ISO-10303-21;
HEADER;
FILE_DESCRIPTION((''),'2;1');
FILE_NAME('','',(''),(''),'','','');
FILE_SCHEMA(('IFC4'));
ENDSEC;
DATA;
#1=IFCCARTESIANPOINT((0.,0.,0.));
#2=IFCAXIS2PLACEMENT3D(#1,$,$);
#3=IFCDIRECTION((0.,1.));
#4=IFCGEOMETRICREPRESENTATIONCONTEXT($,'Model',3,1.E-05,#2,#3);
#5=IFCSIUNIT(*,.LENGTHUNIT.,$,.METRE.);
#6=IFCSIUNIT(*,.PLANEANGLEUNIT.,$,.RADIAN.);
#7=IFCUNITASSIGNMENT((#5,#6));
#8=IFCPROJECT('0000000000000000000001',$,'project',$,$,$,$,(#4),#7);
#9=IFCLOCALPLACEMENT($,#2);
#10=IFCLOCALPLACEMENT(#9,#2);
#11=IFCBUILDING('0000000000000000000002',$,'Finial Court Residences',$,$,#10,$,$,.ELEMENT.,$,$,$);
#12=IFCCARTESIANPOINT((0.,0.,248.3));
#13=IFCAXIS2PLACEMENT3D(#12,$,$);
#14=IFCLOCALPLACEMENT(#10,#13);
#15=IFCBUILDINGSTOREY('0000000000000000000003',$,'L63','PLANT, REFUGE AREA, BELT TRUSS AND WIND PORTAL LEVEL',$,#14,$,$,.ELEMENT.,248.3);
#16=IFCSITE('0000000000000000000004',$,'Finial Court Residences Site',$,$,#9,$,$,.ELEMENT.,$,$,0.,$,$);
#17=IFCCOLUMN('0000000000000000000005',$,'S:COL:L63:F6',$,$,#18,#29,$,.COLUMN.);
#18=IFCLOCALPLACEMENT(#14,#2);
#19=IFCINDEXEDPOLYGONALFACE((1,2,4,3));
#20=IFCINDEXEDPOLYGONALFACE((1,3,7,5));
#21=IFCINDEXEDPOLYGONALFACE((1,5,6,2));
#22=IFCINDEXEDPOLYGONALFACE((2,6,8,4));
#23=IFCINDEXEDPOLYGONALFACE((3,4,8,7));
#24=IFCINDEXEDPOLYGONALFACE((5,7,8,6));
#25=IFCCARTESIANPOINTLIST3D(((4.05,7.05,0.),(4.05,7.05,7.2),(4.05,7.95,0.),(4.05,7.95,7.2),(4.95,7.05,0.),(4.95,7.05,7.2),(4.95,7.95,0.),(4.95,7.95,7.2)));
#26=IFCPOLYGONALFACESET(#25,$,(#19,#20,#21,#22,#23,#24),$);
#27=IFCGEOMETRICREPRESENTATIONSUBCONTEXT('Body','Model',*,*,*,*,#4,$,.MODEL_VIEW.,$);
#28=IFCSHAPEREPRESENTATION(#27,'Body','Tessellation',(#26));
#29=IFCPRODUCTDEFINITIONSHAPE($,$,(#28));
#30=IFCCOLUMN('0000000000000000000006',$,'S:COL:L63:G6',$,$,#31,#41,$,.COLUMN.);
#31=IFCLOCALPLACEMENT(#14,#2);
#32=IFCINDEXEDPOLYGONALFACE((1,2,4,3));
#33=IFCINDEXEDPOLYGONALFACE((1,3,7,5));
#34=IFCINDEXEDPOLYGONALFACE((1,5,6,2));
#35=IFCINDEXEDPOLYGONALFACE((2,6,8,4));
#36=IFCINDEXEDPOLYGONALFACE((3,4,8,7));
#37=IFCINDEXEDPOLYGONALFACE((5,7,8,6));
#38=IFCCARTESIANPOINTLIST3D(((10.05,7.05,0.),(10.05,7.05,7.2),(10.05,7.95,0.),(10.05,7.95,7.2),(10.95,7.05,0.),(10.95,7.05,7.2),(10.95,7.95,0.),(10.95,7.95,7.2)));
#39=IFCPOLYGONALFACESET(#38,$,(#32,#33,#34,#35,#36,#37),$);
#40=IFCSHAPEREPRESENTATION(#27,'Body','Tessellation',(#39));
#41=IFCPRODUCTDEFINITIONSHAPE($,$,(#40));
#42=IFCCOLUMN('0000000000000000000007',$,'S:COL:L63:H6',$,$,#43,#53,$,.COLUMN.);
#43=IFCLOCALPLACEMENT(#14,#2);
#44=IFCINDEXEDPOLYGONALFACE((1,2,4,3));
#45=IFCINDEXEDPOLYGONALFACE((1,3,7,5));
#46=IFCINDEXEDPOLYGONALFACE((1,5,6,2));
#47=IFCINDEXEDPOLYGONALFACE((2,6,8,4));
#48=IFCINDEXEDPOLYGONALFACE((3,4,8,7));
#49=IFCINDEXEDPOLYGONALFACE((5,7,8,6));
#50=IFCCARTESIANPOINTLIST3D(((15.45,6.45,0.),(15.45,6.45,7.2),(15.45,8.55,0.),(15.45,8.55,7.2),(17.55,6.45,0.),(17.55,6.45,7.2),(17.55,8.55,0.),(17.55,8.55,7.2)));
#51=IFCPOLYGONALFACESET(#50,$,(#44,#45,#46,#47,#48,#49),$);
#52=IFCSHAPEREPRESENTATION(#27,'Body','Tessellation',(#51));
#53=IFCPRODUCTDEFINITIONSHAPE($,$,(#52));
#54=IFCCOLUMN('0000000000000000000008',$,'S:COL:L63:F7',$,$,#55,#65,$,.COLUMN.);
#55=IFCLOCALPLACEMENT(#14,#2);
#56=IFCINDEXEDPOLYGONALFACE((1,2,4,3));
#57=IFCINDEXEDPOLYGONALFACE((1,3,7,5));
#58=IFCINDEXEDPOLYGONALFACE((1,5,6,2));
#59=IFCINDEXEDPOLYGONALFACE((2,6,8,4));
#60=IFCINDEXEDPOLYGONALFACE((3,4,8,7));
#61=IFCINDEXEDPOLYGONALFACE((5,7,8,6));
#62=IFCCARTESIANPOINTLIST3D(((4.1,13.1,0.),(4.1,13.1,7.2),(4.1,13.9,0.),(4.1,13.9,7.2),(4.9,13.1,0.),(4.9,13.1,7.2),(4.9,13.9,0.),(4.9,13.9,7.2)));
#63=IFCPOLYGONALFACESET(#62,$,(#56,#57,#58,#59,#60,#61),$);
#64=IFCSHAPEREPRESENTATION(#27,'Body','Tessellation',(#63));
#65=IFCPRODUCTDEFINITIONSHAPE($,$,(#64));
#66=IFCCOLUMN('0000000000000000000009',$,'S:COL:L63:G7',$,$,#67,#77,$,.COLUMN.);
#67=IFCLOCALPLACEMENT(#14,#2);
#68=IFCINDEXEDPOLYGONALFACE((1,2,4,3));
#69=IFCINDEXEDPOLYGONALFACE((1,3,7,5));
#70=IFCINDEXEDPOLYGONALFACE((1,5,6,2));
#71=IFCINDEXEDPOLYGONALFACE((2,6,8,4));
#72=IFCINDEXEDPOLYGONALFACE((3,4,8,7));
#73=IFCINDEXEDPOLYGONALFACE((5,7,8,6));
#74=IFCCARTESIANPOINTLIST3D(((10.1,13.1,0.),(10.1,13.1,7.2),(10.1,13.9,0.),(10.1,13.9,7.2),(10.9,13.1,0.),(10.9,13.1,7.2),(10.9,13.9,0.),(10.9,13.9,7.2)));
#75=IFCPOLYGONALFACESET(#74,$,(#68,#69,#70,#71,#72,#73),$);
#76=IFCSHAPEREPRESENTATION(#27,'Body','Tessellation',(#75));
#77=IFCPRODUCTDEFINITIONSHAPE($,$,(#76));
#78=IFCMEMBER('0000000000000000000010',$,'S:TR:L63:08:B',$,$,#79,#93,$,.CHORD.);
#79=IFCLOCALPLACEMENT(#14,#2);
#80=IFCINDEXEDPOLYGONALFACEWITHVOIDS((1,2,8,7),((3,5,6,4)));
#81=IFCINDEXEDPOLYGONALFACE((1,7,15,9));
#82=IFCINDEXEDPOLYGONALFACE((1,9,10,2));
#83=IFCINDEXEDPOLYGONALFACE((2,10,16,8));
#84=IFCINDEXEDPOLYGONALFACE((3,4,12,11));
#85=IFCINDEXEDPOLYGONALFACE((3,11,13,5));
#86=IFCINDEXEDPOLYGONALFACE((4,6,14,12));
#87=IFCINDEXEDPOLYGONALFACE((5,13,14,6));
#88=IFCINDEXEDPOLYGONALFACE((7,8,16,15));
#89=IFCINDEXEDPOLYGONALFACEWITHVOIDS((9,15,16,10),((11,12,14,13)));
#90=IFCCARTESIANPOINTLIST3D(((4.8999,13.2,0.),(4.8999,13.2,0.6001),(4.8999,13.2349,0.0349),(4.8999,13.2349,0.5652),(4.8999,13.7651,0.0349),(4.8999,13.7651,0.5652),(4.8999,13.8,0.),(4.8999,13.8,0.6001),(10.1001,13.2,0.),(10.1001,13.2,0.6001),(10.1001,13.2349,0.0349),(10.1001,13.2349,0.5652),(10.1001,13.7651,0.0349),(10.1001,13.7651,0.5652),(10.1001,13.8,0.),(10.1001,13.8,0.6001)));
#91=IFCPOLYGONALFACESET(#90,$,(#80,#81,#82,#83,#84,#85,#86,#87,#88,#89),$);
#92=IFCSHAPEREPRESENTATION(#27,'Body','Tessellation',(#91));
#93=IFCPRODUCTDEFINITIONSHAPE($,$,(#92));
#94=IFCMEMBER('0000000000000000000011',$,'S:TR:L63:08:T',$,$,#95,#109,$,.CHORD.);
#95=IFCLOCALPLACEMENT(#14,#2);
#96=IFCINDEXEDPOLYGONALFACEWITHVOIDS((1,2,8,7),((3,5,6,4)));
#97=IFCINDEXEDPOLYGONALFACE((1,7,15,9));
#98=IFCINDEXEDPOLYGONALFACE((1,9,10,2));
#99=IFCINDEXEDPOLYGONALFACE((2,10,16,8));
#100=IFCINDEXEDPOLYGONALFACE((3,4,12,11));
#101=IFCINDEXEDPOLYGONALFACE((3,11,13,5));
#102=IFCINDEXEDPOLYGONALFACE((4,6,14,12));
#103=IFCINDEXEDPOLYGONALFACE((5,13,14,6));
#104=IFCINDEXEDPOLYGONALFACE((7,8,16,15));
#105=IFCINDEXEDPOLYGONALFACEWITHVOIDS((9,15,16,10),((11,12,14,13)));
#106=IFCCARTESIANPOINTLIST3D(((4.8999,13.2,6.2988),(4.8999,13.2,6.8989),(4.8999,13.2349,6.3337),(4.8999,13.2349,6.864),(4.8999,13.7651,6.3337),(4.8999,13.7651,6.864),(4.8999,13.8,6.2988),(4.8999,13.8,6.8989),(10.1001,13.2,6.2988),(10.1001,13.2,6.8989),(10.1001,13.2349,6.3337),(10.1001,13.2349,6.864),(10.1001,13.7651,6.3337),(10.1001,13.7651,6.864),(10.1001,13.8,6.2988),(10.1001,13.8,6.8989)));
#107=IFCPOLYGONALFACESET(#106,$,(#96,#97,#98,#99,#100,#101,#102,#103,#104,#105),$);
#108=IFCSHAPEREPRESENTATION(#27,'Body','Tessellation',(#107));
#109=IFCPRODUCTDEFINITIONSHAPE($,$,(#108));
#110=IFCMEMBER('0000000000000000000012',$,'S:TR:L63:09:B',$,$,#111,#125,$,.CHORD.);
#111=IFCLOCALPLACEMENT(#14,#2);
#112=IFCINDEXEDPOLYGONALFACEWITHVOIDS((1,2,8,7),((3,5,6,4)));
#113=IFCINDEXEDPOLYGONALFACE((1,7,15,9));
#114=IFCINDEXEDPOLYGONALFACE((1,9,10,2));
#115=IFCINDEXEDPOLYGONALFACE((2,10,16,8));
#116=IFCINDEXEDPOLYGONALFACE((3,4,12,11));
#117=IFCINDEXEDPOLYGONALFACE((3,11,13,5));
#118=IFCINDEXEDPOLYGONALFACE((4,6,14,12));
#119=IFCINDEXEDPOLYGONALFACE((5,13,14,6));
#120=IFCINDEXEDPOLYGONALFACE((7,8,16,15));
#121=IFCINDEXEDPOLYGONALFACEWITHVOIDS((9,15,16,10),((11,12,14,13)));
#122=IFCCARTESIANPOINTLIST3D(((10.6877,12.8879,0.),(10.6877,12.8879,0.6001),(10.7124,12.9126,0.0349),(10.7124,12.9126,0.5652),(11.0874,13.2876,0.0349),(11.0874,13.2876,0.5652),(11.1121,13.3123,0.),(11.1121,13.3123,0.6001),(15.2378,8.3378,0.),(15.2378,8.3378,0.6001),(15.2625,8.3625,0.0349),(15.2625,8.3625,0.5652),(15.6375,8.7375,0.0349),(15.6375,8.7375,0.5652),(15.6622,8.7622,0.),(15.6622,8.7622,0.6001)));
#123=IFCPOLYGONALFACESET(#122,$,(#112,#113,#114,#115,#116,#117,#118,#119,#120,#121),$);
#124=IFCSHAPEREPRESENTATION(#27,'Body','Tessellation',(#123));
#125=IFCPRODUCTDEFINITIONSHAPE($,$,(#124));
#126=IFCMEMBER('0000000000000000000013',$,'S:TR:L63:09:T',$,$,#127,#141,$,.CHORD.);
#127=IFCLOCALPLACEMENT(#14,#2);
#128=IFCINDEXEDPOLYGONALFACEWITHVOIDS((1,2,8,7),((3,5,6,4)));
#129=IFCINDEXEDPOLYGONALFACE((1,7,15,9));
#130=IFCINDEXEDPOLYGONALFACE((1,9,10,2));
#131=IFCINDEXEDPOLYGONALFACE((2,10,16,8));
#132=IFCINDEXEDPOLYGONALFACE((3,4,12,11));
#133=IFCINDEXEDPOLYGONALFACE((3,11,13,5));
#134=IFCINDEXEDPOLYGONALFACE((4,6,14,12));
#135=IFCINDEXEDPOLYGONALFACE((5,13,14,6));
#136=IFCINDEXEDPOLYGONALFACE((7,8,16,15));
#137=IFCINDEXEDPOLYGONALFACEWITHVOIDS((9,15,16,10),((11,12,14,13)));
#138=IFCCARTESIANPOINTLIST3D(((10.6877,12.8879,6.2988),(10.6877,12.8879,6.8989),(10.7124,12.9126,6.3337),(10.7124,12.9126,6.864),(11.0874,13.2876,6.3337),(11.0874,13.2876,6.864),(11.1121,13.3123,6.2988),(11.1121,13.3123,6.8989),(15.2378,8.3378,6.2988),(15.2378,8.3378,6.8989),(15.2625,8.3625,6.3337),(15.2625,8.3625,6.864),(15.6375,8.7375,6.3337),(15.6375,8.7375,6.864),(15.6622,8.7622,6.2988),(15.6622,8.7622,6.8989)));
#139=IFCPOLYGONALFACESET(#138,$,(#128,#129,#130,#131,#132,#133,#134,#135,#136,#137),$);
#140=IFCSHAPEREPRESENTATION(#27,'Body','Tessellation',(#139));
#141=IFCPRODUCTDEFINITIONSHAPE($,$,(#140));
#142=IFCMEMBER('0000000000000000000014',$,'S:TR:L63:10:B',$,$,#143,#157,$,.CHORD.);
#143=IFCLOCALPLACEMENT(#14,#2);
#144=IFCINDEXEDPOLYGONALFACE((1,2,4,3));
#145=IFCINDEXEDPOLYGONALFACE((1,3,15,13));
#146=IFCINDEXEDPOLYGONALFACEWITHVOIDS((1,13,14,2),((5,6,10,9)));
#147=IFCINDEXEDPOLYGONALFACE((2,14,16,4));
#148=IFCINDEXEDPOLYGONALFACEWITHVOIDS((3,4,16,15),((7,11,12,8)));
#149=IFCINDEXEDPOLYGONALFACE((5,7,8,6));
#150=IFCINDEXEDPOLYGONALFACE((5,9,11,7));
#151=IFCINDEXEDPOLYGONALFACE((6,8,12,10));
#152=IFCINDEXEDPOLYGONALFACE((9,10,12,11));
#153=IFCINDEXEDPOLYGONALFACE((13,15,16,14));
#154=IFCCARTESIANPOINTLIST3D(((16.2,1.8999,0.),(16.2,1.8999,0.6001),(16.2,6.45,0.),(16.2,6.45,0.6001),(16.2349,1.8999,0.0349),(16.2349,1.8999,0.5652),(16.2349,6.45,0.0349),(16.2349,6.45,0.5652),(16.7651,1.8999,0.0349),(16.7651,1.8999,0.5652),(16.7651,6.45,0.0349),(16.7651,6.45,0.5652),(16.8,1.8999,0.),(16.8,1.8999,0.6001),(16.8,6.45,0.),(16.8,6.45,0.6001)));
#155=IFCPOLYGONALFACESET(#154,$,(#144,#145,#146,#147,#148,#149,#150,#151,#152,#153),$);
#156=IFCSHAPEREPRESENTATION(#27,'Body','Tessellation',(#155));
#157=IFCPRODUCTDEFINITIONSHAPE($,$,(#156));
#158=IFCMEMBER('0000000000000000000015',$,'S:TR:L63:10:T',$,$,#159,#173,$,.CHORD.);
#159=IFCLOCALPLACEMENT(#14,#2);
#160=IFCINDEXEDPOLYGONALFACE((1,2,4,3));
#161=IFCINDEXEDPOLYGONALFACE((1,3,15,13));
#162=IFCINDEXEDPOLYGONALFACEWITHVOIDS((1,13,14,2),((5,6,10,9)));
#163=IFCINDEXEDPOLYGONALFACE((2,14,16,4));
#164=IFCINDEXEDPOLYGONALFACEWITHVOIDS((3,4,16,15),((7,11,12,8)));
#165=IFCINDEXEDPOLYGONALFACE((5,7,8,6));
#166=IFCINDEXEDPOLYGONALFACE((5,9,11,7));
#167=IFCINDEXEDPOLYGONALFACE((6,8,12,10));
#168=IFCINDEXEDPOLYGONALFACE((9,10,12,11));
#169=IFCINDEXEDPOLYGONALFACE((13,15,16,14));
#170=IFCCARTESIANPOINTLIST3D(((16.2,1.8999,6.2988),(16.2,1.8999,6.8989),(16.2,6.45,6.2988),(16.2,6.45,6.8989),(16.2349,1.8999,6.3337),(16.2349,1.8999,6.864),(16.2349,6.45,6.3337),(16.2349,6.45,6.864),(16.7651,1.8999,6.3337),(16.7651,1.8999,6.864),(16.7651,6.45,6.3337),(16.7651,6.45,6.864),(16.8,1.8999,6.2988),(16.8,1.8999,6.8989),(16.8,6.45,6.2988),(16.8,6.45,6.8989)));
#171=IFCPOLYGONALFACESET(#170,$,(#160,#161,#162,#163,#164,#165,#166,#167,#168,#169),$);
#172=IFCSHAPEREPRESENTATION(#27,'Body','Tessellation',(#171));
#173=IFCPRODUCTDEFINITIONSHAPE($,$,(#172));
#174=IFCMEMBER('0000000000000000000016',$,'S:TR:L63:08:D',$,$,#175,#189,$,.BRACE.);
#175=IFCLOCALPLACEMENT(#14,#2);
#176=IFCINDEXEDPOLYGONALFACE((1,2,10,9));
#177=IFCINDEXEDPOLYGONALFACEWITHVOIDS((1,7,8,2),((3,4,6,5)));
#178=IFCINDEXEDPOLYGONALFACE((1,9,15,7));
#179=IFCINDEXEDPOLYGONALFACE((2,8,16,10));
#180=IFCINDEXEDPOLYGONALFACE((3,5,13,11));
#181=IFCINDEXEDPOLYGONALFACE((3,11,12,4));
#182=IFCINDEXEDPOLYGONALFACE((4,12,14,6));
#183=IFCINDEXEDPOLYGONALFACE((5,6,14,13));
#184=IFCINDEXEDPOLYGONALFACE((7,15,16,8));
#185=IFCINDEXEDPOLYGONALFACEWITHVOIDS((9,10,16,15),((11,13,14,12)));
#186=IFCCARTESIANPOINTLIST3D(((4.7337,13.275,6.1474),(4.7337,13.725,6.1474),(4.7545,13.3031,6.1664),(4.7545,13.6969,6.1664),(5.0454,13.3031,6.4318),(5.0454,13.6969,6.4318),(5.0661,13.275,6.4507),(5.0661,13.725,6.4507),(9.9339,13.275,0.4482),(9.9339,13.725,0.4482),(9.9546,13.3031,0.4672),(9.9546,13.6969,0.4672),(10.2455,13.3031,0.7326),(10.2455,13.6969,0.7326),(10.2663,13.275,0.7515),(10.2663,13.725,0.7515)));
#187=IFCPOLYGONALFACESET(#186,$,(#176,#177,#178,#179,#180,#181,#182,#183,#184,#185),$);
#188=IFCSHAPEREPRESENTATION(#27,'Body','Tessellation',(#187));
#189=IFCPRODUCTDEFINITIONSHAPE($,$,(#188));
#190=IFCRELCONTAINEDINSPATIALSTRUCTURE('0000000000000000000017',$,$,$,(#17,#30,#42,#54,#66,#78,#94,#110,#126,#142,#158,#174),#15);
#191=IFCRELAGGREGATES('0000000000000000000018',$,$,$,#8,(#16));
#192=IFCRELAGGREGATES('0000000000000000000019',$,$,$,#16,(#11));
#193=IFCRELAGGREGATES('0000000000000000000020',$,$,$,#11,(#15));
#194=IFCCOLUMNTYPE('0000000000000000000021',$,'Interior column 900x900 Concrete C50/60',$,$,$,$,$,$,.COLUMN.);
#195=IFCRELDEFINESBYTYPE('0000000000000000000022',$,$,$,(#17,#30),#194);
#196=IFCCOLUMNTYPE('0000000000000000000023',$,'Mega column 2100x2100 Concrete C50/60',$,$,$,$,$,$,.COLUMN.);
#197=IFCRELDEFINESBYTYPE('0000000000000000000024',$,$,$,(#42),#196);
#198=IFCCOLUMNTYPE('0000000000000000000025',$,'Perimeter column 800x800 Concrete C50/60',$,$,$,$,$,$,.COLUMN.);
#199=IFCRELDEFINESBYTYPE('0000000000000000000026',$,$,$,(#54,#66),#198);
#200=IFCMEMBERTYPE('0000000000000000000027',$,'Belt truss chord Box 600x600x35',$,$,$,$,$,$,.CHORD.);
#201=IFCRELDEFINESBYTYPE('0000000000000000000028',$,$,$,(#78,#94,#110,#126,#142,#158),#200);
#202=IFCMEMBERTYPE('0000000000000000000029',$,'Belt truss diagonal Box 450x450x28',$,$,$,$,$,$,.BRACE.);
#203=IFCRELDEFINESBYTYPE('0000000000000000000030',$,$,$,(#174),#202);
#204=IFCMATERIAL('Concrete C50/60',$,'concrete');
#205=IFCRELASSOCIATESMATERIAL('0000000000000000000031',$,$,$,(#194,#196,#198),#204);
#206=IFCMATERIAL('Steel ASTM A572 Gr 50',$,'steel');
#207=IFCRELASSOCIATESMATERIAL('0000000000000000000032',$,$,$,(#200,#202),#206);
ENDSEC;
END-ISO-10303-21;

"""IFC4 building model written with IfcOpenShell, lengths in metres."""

from ifc_helpers import new_model, si_unit, direction, frame, origin, origin_2d, place, context, subcontext, project, spatial, rectangle, hollow_rectangle, extrude, material, material_profile, profile_set, type_object, element, save


model = new_model("IFC4")

# Units and contexts
model_context = context("Model", 3, precision=1e-05, world=origin(), true_north=direction((0.0, 1.0)))
body_context = subcontext(model_context, "Body", "Model", "MODEL_VIEW")
ifc_project = project(units=[si_unit("LENGTHUNIT", "METRE"), si_unit("PLANEANGLEUNIT", "RADIAN")], contexts=[model_context])

# Site, building, storey
site_placement = place(None, origin())
site = spatial("IfcSite", under=ifc_project, at=site_placement, Name="Finial Court Residences Site", CompositionType="ELEMENT", RefElevation=0.0)
building_placement = place(site_placement, origin())
building = spatial("IfcBuilding", under=site, at=building_placement, Name="Finial Court Residences", CompositionType="ELEMENT")
storey_placement = place(building_placement, frame((0.0, 0.0, 248.3)))
storey = spatial("IfcBuildingStorey", under=building, at=storey_placement, Name="L63", Description="PLANT, REFUGE AREA, BELT TRUSS AND WIND PORTAL LEVEL", CompositionType="ELEMENT", Elevation=248.3)

# Columns
ifc_material_1 = material(Name="Concrete C50/60", Category="concrete")
ifc_material_profile_1 = material_profile(ifc_material_1, rectangle(XDim=0.8999, YDim=0.8999, at=origin_2d()), Name="900x900")
ifc_profile_set_1 = profile_set([ifc_material_profile_1], Name="Concrete C50/60")
column_type_1 = type_object("IfcColumnType", Name="Interior column 900x900 Concrete C50/60", PredefinedType="COLUMN", material=ifc_profile_set_1)
for number, where, z_axis, x_axis, name in (
    (1, (4.5, 7.5, 0.0), (0.0, 0.0, 1.0), (1.0, 0.0, 0.0), "S:COL:L63:F6"),
    (2, (10.5, 7.5, 0.0), (0.0, 0.0, 1.0), (1.0, 0.0, 0.0), "S:COL:L63:G6"),
):
    element("IfcColumn", number, at=place(storey_placement, frame(where, z_axis=z_axis, x_axis=x_axis)), inside=storey, type_object=column_type_1, Name=name, PredefinedType="COLUMN", context=body_context, shape_type="SweptSolid", body=[
        extrude(rectangle(XDim=0.8999, YDim=0.8999, at=origin_2d()), origin(), (0.0, 0.0, 1.0), 7.2),
    ])
ifc_material_profile_2 = material_profile(ifc_material_1, rectangle(XDim=2.1001, YDim=2.1001, at=origin_2d()), Name="2100x2100")
ifc_profile_set_2 = profile_set([ifc_material_profile_2], Name="Concrete C50/60")
column_type_2 = type_object("IfcColumnType", Name="Mega column 2100x2100 Concrete C50/60", PredefinedType="COLUMN", material=ifc_profile_set_2)
column_placement = place(storey_placement, frame((16.5, 7.5, 0.0), z_axis=(0.0, 0.0, 1.0), x_axis=(1.0, 0.0, 0.0)))
element("IfcColumn", 3, at=column_placement, inside=storey, type_object=column_type_2, Name="S:COL:L63:H6", PredefinedType="COLUMN", context=body_context, shape_type="SweptSolid", body=[
    extrude(rectangle(XDim=2.1001, YDim=2.1001, at=origin_2d()), origin(), (0.0, 0.0, 1.0), 7.2),
])
ifc_material_profile_3 = material_profile(ifc_material_1, rectangle(XDim=0.8, YDim=0.8, at=origin_2d()), Name="800x800")
ifc_profile_set_3 = profile_set([ifc_material_profile_3], Name="Concrete C50/60")
column_type_3 = type_object("IfcColumnType", Name="Perimeter column 800x800 Concrete C50/60", PredefinedType="COLUMN", material=ifc_profile_set_3)
for number, where, z_axis, x_axis, name in (
    (4, (4.5, 13.5, 0.0), (0.0, 0.0, 1.0), (1.0, 0.0, 0.0), "S:COL:L63:F7"),
    (5, (10.5, 13.5, 0.0), (0.0, 0.0, 1.0), (1.0, 0.0, 0.0), "S:COL:L63:G7"),
):
    element("IfcColumn", number, at=place(storey_placement, frame(where, z_axis=z_axis, x_axis=x_axis)), inside=storey, type_object=column_type_3, Name=name, PredefinedType="COLUMN", context=body_context, shape_type="SweptSolid", body=[
        extrude(rectangle(XDim=0.8, YDim=0.8, at=origin_2d()), origin(), (0.0, 0.0, 1.0), 7.2),
    ])

# Members
ifc_material_2 = material(Name="Steel ASTM A572 Gr 50", Category="steel")
ifc_material_profile_4 = material_profile(ifc_material_2, hollow_rectangle(XDim=0.6001, YDim=0.6001, WallThickness=0.0349, at=origin_2d()), Name="Box 600x600x35")
ifc_profile_set_4 = profile_set([ifc_material_profile_4], Name="Steel ASTM A572 Gr 50")
member_type_1 = type_object("IfcMemberType", Name="Belt truss chord Box 600x600x35", PredefinedType="CHORD", material=ifc_profile_set_4)
for number, where, z_axis, x_axis, name in (
    (6, (4.8999, 13.5, 0.3), (1.0, 0.0, 0.0), (0.0, 1.0, 0.0), "S:TR:L63:08:B"),
    (7, (4.8999, 13.5, 6.5989), (1.0, 0.0, 0.0), (0.0, 1.0, 0.0), "S:TR:L63:08:T"),
):
    element("IfcMember", number, at=place(storey_placement, frame(where, z_axis=z_axis, x_axis=x_axis)), inside=storey, type_object=member_type_1, Name=name, PredefinedType="CHORD", context=body_context, shape_type="SweptSolid", body=[
        extrude(hollow_rectangle(XDim=0.6001, YDim=0.6001, WallThickness=0.0349, at=origin_2d()), origin(), (0.0, 0.0, 1.0), 5.2002),
    ])
for number, where, z_axis, x_axis, name in (
    (8, (10.8999, 13.1001, 0.3), (0.707107, -0.707107, 0.0), (0.707107, 0.707107, 0.0), "S:TR:L63:09:B"),
    (9, (10.8999, 13.1001, 6.5989), (0.707107, -0.707107, 0.0), (0.707107, 0.707107, 0.0), "S:TR:L63:09:T"),
):
    element("IfcMember", number, at=place(storey_placement, frame(where, z_axis=z_axis, x_axis=x_axis)), inside=storey, type_object=member_type_1, Name=name, PredefinedType="CHORD", context=body_context, shape_type="SweptSolid", body=[
        extrude(hollow_rectangle(XDim=0.6001, YDim=0.6001, WallThickness=0.0349, at=origin_2d()), origin(), (0.0, 0.0, 1.0), 6.4348),
    ])
for number, where, z_axis, x_axis, name in (
    (10, (16.5, 6.45, 0.3), (0.0, -1.0, 0.0), (1.0, 0.0, 0.0), "S:TR:L63:10:B"),
    (11, (16.5, 6.45, 6.5989), (0.0, -1.0, 0.0), (1.0, 0.0, 0.0), "S:TR:L63:10:T"),
):
    element("IfcMember", number, at=place(storey_placement, frame(where, z_axis=z_axis, x_axis=x_axis)), inside=storey, type_object=member_type_1, Name=name, PredefinedType="CHORD", context=body_context, shape_type="SweptSolid", body=[
        extrude(hollow_rectangle(XDim=0.6001, YDim=0.6001, WallThickness=0.0349, at=origin_2d()), origin(), (0.0, 0.0, 1.0), 4.55),
    ])
ifc_material_profile_5 = material_profile(ifc_material_2, hollow_rectangle(XDim=0.45, YDim=0.45, WallThickness=0.0281, at=origin_2d()), Name="Box 450x450x28")
ifc_profile_set_5 = profile_set([ifc_material_profile_5], Name="Steel ASTM A572 Gr 50")
member_type_2 = type_object("IfcMemberType", Name="Belt truss diagonal Box 450x450x28", PredefinedType="BRACE", material=ifc_profile_set_5)
member_1_placement = place(storey_placement, frame((4.8999, 13.5, 6.2991), z_axis=(0.674026, 0.0, -0.738707), x_axis=(0.0, 1.0, 0.0)))
element("IfcMember", 12, at=member_1_placement, inside=storey, type_object=member_type_2, Name="S:TR:L63:08:D", PredefinedType="BRACE", context=body_context, shape_type="SweptSolid", body=[
    extrude(hollow_rectangle(XDim=0.45, YDim=0.45, WallThickness=0.0281, at=origin_2d()), origin(), (0.0, 0.0, 1.0), 7.7151),
])

save(model, "model.ifc")
